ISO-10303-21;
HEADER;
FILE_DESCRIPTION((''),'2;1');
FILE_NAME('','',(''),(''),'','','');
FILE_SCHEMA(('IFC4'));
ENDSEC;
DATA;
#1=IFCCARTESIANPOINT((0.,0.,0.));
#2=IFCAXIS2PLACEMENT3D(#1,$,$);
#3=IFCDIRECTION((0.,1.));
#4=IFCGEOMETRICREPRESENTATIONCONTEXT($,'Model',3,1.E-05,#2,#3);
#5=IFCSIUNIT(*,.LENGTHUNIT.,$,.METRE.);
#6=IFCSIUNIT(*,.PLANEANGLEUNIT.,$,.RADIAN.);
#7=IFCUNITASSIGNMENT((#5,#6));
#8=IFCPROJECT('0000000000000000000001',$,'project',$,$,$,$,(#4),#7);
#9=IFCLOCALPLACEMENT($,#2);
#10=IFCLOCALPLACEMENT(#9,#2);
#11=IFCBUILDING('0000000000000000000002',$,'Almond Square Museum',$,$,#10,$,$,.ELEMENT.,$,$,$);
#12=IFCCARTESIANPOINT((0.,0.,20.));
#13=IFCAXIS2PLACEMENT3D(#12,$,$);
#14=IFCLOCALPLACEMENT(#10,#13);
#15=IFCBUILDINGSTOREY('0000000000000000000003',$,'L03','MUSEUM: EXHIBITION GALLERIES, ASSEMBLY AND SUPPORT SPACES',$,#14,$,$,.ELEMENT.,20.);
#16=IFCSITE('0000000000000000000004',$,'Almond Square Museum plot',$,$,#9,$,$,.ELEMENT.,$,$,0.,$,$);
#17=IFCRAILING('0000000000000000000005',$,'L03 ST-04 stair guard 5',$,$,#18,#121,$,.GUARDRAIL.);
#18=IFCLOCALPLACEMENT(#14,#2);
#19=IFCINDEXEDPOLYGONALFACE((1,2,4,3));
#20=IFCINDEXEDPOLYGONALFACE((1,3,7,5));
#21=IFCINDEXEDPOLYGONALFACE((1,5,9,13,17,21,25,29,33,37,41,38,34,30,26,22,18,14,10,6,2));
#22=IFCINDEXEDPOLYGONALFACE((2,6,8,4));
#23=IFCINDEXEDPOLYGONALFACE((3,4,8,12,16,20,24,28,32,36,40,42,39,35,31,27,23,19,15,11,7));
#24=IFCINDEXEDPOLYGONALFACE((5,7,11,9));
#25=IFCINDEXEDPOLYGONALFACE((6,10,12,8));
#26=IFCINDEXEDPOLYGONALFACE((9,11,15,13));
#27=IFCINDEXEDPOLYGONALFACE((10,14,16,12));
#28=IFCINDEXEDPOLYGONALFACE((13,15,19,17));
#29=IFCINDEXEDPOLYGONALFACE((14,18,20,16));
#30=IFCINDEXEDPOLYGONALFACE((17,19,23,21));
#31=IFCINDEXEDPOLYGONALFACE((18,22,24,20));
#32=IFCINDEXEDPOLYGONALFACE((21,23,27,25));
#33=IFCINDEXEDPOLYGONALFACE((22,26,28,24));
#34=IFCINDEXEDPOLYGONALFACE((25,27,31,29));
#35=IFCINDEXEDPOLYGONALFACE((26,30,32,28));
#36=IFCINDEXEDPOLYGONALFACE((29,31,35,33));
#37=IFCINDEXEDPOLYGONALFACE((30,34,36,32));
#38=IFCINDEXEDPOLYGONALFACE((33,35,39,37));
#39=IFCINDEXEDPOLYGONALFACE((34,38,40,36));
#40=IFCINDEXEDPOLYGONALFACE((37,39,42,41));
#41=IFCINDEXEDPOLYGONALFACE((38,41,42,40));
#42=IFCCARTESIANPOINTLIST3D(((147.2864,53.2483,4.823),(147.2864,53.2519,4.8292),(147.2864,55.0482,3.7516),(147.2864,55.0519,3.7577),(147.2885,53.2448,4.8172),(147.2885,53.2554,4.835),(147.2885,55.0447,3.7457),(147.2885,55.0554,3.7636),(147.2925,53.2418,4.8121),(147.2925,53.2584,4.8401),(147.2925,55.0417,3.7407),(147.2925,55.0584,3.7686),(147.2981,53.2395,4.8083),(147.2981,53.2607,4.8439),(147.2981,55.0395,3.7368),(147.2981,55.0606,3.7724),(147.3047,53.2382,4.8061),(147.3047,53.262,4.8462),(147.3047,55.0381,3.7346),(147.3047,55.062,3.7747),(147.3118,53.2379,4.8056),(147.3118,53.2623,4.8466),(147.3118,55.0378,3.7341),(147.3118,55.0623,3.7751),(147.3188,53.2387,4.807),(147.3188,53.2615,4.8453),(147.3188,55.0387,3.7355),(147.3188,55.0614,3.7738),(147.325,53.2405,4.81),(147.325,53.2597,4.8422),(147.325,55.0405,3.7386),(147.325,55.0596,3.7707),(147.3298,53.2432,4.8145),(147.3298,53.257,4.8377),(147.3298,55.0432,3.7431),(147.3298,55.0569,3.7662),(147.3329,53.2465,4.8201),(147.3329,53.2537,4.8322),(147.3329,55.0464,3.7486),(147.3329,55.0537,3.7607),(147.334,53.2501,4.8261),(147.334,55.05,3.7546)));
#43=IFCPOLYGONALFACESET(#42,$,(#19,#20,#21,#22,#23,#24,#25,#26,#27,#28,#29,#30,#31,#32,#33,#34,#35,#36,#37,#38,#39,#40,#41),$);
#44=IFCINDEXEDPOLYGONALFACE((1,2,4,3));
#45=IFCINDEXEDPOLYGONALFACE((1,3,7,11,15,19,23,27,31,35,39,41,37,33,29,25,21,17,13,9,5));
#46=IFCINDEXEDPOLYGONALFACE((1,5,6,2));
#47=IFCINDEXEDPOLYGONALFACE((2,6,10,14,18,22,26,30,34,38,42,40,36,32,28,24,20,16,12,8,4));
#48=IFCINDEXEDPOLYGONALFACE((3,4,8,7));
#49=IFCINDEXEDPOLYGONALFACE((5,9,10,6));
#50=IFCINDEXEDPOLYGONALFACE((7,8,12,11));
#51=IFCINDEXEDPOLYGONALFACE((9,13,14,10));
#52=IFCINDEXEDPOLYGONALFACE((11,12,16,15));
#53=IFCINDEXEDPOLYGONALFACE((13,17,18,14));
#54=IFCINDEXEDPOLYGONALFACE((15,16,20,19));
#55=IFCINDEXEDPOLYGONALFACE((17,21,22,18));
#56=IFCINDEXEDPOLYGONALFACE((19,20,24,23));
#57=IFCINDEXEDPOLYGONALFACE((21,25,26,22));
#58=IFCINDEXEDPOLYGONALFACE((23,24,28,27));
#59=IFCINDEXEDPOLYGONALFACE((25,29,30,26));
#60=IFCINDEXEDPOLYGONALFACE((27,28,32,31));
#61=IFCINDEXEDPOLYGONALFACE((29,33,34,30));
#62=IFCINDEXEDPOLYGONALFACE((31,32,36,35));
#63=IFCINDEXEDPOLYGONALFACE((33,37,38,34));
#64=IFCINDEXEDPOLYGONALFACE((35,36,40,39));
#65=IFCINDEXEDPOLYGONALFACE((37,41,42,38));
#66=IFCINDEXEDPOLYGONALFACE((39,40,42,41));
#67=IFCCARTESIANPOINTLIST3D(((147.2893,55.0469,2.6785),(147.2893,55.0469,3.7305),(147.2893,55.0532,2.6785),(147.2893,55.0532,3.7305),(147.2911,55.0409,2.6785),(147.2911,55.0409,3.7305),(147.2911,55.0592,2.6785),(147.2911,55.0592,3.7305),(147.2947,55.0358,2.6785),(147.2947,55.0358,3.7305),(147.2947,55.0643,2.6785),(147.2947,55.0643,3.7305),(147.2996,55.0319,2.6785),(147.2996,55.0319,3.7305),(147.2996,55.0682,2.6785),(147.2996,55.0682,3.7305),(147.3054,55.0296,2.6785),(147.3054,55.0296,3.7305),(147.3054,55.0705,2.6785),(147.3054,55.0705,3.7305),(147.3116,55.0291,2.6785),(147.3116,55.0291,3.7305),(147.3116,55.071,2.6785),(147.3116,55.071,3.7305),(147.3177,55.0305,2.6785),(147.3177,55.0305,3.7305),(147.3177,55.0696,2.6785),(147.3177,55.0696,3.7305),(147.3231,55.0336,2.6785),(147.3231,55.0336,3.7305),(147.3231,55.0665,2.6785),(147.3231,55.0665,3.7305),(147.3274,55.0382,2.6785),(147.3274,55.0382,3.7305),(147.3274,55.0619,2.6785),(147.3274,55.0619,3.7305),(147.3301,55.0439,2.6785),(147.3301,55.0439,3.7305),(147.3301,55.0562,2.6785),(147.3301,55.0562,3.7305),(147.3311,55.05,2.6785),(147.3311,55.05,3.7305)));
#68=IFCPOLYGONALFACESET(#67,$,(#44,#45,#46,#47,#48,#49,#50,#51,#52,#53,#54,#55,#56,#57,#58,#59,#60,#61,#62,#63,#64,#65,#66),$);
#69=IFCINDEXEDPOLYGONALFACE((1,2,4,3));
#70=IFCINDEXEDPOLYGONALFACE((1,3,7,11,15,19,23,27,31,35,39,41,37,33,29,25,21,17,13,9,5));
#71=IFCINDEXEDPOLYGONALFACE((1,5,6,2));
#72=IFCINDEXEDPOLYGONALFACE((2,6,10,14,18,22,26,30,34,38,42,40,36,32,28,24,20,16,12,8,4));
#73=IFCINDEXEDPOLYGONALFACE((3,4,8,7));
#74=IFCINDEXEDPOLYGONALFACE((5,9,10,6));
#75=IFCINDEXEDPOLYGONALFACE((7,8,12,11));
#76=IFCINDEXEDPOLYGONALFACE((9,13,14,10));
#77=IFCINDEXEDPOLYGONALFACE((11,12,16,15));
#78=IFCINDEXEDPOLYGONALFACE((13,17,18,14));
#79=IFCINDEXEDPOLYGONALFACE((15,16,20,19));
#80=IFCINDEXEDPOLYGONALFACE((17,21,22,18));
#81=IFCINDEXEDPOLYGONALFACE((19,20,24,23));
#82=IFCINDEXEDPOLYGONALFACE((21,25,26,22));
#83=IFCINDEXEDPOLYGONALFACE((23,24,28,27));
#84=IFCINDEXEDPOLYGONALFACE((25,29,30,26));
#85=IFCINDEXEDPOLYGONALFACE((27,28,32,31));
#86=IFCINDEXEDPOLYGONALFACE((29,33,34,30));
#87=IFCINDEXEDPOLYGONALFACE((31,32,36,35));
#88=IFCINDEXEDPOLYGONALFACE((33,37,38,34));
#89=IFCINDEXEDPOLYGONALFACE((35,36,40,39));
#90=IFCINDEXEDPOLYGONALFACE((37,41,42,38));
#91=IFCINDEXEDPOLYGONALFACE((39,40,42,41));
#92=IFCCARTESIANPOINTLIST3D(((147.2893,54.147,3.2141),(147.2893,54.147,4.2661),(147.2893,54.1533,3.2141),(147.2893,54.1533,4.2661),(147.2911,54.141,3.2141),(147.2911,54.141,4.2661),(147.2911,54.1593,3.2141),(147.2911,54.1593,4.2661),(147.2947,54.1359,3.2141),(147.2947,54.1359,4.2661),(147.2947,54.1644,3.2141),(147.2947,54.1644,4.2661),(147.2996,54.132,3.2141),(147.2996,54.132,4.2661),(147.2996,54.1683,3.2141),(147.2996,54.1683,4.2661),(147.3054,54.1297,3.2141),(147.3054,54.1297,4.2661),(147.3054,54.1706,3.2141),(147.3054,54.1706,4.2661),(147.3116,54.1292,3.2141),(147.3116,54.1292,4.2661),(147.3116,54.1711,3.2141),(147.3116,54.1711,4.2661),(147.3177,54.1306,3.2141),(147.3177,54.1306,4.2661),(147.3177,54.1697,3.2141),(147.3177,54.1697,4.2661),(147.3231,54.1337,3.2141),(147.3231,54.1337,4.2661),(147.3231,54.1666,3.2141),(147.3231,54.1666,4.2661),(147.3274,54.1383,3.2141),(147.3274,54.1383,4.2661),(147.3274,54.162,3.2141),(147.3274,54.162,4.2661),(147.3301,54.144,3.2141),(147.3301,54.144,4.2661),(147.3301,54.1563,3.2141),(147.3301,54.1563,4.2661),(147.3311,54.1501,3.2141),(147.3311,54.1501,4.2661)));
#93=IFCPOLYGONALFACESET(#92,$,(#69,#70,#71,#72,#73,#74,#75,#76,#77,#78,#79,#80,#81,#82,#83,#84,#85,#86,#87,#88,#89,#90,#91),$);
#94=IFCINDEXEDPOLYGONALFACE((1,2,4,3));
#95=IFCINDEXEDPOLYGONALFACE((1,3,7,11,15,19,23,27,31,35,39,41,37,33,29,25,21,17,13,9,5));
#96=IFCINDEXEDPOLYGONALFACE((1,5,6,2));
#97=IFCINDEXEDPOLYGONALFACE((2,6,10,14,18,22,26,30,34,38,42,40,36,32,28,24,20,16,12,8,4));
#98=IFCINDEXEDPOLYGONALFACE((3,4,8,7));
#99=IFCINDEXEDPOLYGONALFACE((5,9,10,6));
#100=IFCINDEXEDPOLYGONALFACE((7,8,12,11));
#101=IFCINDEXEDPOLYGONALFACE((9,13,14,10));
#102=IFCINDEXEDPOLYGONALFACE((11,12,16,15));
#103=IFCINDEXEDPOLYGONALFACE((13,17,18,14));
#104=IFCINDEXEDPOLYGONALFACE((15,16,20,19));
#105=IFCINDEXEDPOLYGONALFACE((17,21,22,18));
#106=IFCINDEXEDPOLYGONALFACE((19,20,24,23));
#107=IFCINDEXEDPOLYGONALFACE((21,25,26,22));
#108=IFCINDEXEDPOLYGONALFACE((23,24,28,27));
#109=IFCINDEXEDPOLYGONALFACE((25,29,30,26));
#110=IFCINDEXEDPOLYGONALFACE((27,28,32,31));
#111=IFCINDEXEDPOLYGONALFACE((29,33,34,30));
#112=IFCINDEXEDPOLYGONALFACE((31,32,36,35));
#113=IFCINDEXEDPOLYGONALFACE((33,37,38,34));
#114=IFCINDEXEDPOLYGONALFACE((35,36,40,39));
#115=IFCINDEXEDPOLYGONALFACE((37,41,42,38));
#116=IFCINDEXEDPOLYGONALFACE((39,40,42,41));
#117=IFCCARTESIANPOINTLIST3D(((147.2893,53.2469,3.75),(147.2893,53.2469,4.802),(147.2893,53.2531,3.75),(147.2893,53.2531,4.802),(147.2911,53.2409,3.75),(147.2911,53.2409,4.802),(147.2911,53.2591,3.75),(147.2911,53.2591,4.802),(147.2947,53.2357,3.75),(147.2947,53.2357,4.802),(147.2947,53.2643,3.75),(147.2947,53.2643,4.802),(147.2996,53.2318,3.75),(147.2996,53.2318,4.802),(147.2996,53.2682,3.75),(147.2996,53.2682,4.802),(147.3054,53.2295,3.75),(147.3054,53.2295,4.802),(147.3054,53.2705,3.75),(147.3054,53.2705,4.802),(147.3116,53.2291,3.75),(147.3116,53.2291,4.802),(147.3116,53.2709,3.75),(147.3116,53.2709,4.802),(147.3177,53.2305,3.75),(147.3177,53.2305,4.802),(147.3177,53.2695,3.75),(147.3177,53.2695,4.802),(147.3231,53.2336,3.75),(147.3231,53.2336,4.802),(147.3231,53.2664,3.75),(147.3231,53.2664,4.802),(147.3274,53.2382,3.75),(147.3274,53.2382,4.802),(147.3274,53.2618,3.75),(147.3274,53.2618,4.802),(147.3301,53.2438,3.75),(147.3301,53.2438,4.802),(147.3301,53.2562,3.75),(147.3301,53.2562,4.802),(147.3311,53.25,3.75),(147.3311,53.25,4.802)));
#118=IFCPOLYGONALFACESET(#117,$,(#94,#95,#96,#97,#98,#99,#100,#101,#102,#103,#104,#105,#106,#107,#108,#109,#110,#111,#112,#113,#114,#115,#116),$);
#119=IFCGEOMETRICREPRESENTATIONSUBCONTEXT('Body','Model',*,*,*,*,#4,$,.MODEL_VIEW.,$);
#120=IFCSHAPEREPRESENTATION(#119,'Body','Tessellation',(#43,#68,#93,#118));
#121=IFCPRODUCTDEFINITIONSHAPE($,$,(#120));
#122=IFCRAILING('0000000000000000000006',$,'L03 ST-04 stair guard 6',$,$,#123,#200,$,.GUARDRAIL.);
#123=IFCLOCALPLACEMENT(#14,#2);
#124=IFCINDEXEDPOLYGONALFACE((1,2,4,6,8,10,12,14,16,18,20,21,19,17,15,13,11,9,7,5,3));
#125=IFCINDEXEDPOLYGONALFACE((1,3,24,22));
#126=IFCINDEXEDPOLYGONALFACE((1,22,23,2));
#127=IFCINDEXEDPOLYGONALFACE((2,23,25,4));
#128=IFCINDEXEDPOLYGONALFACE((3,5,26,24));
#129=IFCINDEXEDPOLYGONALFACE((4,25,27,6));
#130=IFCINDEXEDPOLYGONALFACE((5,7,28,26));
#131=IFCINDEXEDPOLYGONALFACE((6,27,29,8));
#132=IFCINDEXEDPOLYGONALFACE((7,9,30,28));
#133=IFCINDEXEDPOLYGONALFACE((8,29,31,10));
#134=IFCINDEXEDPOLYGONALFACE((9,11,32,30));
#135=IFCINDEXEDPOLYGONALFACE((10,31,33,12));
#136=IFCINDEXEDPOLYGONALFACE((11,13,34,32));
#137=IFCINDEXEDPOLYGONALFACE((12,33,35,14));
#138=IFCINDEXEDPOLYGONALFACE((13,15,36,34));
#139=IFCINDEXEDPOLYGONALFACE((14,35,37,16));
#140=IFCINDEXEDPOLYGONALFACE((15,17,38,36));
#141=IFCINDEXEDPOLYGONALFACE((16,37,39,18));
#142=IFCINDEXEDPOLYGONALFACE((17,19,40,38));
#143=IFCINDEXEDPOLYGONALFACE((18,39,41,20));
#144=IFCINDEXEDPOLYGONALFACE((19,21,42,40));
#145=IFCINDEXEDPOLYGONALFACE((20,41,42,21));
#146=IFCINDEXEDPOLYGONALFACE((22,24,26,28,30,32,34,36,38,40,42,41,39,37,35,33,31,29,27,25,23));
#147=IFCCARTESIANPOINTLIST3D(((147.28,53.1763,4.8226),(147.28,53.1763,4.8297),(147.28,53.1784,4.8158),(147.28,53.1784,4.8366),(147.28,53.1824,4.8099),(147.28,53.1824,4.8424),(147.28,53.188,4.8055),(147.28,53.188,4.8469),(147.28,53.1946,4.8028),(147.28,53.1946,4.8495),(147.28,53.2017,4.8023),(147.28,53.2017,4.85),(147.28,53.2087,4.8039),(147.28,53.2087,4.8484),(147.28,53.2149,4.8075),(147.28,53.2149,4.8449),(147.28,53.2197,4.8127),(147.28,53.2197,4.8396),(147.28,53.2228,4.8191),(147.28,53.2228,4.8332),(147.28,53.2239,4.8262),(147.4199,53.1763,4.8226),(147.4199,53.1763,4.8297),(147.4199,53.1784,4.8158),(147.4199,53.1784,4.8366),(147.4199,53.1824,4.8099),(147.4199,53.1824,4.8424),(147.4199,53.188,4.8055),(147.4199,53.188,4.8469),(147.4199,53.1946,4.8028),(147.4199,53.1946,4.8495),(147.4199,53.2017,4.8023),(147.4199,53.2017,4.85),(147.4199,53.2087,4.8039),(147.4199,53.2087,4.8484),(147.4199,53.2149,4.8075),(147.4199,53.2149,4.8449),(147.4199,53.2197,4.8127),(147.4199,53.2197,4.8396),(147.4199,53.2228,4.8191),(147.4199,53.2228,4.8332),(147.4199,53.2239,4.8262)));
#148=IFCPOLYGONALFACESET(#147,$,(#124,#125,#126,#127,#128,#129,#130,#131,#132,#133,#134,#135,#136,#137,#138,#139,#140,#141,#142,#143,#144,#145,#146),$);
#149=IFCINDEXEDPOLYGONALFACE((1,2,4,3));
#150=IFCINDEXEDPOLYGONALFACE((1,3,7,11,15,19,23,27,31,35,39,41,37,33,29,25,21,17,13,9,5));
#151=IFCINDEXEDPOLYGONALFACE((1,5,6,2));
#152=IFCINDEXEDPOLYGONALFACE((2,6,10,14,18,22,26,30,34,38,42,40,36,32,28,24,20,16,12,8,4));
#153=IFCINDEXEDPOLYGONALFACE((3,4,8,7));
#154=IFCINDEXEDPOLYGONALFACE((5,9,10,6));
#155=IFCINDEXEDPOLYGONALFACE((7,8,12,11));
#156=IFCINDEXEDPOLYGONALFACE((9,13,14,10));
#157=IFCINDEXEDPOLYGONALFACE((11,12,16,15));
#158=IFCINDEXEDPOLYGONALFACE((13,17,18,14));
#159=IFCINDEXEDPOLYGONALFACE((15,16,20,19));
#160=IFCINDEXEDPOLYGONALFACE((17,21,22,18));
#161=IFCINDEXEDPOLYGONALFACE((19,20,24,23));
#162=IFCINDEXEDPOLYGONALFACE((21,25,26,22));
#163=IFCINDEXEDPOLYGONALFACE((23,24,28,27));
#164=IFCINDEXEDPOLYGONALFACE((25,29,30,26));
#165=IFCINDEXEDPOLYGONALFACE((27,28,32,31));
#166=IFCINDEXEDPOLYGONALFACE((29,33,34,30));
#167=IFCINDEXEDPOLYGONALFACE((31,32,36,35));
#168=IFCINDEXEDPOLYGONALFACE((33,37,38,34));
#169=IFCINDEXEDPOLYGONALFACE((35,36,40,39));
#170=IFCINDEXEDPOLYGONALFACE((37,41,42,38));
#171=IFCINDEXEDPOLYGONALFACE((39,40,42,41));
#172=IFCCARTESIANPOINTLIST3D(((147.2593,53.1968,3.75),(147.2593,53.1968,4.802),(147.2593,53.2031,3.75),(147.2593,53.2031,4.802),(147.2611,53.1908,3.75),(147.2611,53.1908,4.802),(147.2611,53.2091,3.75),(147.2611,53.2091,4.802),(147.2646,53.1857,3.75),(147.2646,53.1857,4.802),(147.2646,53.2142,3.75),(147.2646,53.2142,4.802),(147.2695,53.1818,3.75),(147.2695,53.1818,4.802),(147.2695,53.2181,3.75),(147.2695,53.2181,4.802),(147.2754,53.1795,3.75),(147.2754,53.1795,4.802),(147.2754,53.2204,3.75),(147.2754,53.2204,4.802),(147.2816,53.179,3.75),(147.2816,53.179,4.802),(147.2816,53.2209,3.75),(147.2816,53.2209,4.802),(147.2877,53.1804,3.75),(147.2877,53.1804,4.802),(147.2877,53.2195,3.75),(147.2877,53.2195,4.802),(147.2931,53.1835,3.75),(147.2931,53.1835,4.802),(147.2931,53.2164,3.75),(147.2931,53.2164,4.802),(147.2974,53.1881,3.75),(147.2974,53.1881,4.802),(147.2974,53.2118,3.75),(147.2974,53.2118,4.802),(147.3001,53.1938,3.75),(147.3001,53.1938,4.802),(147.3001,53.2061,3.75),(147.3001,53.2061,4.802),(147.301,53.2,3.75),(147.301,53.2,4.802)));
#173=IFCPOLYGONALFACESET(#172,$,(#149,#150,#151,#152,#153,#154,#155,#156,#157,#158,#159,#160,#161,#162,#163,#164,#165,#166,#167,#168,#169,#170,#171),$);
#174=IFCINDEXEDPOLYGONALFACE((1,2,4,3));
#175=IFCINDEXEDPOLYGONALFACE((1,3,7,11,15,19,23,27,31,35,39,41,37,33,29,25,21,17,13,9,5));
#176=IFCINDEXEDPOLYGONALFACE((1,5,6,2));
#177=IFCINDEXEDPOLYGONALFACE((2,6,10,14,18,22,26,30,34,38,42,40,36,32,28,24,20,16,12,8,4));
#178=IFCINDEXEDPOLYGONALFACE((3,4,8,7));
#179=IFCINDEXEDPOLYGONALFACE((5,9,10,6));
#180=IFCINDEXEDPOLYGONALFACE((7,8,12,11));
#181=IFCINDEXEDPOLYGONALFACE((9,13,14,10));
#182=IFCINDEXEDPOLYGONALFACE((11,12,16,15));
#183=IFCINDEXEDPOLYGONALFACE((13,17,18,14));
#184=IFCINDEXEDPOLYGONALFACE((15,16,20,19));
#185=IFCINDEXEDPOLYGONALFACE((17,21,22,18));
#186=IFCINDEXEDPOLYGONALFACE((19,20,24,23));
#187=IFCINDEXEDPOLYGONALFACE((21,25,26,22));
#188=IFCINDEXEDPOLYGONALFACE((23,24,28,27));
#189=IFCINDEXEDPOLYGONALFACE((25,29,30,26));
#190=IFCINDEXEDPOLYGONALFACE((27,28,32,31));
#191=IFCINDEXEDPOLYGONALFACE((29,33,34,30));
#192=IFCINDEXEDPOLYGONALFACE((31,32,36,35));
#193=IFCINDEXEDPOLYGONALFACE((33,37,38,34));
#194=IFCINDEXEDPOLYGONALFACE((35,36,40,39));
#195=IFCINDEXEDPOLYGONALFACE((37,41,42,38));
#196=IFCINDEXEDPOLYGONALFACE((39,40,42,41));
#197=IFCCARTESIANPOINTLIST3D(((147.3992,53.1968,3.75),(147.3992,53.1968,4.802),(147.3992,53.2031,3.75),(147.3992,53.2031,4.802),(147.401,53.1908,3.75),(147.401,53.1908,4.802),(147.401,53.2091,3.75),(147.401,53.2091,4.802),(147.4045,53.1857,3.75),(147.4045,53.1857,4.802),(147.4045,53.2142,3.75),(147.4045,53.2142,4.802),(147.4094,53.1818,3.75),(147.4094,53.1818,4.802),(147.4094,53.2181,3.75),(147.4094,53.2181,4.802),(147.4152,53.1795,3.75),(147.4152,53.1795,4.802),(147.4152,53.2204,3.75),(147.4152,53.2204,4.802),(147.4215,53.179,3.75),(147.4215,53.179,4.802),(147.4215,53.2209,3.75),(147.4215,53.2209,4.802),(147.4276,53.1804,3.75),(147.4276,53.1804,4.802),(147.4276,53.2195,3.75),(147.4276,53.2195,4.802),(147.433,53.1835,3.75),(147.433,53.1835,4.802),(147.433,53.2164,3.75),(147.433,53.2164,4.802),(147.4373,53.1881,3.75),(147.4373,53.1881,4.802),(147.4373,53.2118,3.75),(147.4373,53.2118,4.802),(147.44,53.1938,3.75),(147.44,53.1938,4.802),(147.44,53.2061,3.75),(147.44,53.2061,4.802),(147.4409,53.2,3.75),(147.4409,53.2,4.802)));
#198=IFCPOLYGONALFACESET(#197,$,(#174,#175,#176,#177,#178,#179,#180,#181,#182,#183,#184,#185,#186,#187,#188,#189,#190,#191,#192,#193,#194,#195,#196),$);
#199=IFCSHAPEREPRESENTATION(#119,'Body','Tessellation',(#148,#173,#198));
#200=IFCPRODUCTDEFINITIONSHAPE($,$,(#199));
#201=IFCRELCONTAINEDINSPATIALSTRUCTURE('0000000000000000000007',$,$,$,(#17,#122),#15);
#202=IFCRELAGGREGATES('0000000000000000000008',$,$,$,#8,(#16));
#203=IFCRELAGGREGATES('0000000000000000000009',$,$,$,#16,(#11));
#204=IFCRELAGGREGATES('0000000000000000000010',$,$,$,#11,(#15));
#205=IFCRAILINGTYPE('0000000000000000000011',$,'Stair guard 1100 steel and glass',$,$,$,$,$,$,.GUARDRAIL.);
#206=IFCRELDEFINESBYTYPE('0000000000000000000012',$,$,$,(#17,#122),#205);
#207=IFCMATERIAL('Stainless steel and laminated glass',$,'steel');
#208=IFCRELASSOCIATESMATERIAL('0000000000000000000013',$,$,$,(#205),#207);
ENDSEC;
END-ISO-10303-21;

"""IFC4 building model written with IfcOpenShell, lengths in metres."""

from ifc_helpers import new_model, si_unit, direction, frame, origin, origin_2d, place, context, subcontext, project, spatial, circle, extrude, material, type_object, element, save


model = new_model("IFC4")

# Units and contexts
model_context = context("Model", 3, precision=1e-05, world=origin(), true_north=direction((0.0, 1.0)))
body_context = subcontext(model_context, "Body", "Model", "MODEL_VIEW")
ifc_project = project(units=[si_unit("LENGTHUNIT", "METRE"), si_unit("PLANEANGLEUNIT", "RADIAN")], contexts=[model_context])

# Site, building, storey
site_placement = place(None, origin())
site = spatial("IfcSite", under=ifc_project, at=site_placement, Name="Almond Square Museum plot", CompositionType="ELEMENT", RefElevation=0.0)
building_placement = place(site_placement, origin())
building = spatial("IfcBuilding", under=site, at=building_placement, Name="Almond Square Museum", CompositionType="ELEMENT")
storey_placement = place(building_placement, frame((0.0, 0.0, 20.0)))
storey = spatial("IfcBuildingStorey", under=building, at=storey_placement, Name="L03", Description="MUSEUM: EXHIBITION GALLERIES, ASSEMBLY AND SUPPORT SPACES", CompositionType="ELEMENT", Elevation=20.0)

# Railings
ifc_material_1 = material(Name="Stainless steel and laminated glass", Category="steel")
railing_type_1 = type_object("IfcRailingType", Name="Stair guard 1100 steel and glass", PredefinedType="GUARDRAIL", material=ifc_material_1)
railing_1_placement = place(storey_placement, frame((147.3101, 55.05, 2.6785)))
element("IfcRailing", 1, at=railing_1_placement, inside=storey, type_object=railing_type_1, Name="L03 ST-04 stair guard 5", PredefinedType="GUARDRAIL", context=body_context, shape_type="SweptSolid", body=[
    extrude(circle(Radius=0.0239, at=origin_2d()), frame((0.0, 0.0, 1.0762), z_axis=(0.0, -0.859277, 0.51151), x_axis=(1.0, 0.0, 0.0)), (0.0, 0.0, 1.0), 2.0947),
    extrude(circle(Radius=0.021, at=origin_2d()), origin(), (0.0, 0.0, 1.0), 1.052),
    extrude(circle(Radius=0.021, at=origin_2d()), frame((0.0, -0.8999, 0.5356)), (0.0, 0.0, 1.0), 1.052),
    extrude(circle(Radius=0.021, at=origin_2d()), frame((0.0, -1.8, 1.0715)), (0.0, 0.0, 1.0), 1.052),
])
railing_2_placement = place(storey_placement, frame((147.28, 53.2, 3.75)))
element("IfcRailing", 2, at=railing_2_placement, inside=storey, type_object=railing_type_1, Name="L03 ST-04 stair guard 6", PredefinedType="GUARDRAIL", context=body_context, shape_type="SweptSolid", body=[
    extrude(circle(Radius=0.0239, at=origin_2d()), frame((0.0, 0.0, 1.0762), z_axis=(1.0, 0.0, 0.0), x_axis=(0.0, 1.0, 0.0)), (0.0, 0.0, 1.0), 0.1399),
    extrude(circle(Radius=0.021, at=origin_2d()), origin(), (0.0, 0.0, 1.0), 1.052),
    extrude(circle(Radius=0.021, at=origin_2d()), frame((0.1399, 0.0, 0.0)), (0.0, 0.0, 1.0), 1.052),
])

save(model, "model.ifc")
